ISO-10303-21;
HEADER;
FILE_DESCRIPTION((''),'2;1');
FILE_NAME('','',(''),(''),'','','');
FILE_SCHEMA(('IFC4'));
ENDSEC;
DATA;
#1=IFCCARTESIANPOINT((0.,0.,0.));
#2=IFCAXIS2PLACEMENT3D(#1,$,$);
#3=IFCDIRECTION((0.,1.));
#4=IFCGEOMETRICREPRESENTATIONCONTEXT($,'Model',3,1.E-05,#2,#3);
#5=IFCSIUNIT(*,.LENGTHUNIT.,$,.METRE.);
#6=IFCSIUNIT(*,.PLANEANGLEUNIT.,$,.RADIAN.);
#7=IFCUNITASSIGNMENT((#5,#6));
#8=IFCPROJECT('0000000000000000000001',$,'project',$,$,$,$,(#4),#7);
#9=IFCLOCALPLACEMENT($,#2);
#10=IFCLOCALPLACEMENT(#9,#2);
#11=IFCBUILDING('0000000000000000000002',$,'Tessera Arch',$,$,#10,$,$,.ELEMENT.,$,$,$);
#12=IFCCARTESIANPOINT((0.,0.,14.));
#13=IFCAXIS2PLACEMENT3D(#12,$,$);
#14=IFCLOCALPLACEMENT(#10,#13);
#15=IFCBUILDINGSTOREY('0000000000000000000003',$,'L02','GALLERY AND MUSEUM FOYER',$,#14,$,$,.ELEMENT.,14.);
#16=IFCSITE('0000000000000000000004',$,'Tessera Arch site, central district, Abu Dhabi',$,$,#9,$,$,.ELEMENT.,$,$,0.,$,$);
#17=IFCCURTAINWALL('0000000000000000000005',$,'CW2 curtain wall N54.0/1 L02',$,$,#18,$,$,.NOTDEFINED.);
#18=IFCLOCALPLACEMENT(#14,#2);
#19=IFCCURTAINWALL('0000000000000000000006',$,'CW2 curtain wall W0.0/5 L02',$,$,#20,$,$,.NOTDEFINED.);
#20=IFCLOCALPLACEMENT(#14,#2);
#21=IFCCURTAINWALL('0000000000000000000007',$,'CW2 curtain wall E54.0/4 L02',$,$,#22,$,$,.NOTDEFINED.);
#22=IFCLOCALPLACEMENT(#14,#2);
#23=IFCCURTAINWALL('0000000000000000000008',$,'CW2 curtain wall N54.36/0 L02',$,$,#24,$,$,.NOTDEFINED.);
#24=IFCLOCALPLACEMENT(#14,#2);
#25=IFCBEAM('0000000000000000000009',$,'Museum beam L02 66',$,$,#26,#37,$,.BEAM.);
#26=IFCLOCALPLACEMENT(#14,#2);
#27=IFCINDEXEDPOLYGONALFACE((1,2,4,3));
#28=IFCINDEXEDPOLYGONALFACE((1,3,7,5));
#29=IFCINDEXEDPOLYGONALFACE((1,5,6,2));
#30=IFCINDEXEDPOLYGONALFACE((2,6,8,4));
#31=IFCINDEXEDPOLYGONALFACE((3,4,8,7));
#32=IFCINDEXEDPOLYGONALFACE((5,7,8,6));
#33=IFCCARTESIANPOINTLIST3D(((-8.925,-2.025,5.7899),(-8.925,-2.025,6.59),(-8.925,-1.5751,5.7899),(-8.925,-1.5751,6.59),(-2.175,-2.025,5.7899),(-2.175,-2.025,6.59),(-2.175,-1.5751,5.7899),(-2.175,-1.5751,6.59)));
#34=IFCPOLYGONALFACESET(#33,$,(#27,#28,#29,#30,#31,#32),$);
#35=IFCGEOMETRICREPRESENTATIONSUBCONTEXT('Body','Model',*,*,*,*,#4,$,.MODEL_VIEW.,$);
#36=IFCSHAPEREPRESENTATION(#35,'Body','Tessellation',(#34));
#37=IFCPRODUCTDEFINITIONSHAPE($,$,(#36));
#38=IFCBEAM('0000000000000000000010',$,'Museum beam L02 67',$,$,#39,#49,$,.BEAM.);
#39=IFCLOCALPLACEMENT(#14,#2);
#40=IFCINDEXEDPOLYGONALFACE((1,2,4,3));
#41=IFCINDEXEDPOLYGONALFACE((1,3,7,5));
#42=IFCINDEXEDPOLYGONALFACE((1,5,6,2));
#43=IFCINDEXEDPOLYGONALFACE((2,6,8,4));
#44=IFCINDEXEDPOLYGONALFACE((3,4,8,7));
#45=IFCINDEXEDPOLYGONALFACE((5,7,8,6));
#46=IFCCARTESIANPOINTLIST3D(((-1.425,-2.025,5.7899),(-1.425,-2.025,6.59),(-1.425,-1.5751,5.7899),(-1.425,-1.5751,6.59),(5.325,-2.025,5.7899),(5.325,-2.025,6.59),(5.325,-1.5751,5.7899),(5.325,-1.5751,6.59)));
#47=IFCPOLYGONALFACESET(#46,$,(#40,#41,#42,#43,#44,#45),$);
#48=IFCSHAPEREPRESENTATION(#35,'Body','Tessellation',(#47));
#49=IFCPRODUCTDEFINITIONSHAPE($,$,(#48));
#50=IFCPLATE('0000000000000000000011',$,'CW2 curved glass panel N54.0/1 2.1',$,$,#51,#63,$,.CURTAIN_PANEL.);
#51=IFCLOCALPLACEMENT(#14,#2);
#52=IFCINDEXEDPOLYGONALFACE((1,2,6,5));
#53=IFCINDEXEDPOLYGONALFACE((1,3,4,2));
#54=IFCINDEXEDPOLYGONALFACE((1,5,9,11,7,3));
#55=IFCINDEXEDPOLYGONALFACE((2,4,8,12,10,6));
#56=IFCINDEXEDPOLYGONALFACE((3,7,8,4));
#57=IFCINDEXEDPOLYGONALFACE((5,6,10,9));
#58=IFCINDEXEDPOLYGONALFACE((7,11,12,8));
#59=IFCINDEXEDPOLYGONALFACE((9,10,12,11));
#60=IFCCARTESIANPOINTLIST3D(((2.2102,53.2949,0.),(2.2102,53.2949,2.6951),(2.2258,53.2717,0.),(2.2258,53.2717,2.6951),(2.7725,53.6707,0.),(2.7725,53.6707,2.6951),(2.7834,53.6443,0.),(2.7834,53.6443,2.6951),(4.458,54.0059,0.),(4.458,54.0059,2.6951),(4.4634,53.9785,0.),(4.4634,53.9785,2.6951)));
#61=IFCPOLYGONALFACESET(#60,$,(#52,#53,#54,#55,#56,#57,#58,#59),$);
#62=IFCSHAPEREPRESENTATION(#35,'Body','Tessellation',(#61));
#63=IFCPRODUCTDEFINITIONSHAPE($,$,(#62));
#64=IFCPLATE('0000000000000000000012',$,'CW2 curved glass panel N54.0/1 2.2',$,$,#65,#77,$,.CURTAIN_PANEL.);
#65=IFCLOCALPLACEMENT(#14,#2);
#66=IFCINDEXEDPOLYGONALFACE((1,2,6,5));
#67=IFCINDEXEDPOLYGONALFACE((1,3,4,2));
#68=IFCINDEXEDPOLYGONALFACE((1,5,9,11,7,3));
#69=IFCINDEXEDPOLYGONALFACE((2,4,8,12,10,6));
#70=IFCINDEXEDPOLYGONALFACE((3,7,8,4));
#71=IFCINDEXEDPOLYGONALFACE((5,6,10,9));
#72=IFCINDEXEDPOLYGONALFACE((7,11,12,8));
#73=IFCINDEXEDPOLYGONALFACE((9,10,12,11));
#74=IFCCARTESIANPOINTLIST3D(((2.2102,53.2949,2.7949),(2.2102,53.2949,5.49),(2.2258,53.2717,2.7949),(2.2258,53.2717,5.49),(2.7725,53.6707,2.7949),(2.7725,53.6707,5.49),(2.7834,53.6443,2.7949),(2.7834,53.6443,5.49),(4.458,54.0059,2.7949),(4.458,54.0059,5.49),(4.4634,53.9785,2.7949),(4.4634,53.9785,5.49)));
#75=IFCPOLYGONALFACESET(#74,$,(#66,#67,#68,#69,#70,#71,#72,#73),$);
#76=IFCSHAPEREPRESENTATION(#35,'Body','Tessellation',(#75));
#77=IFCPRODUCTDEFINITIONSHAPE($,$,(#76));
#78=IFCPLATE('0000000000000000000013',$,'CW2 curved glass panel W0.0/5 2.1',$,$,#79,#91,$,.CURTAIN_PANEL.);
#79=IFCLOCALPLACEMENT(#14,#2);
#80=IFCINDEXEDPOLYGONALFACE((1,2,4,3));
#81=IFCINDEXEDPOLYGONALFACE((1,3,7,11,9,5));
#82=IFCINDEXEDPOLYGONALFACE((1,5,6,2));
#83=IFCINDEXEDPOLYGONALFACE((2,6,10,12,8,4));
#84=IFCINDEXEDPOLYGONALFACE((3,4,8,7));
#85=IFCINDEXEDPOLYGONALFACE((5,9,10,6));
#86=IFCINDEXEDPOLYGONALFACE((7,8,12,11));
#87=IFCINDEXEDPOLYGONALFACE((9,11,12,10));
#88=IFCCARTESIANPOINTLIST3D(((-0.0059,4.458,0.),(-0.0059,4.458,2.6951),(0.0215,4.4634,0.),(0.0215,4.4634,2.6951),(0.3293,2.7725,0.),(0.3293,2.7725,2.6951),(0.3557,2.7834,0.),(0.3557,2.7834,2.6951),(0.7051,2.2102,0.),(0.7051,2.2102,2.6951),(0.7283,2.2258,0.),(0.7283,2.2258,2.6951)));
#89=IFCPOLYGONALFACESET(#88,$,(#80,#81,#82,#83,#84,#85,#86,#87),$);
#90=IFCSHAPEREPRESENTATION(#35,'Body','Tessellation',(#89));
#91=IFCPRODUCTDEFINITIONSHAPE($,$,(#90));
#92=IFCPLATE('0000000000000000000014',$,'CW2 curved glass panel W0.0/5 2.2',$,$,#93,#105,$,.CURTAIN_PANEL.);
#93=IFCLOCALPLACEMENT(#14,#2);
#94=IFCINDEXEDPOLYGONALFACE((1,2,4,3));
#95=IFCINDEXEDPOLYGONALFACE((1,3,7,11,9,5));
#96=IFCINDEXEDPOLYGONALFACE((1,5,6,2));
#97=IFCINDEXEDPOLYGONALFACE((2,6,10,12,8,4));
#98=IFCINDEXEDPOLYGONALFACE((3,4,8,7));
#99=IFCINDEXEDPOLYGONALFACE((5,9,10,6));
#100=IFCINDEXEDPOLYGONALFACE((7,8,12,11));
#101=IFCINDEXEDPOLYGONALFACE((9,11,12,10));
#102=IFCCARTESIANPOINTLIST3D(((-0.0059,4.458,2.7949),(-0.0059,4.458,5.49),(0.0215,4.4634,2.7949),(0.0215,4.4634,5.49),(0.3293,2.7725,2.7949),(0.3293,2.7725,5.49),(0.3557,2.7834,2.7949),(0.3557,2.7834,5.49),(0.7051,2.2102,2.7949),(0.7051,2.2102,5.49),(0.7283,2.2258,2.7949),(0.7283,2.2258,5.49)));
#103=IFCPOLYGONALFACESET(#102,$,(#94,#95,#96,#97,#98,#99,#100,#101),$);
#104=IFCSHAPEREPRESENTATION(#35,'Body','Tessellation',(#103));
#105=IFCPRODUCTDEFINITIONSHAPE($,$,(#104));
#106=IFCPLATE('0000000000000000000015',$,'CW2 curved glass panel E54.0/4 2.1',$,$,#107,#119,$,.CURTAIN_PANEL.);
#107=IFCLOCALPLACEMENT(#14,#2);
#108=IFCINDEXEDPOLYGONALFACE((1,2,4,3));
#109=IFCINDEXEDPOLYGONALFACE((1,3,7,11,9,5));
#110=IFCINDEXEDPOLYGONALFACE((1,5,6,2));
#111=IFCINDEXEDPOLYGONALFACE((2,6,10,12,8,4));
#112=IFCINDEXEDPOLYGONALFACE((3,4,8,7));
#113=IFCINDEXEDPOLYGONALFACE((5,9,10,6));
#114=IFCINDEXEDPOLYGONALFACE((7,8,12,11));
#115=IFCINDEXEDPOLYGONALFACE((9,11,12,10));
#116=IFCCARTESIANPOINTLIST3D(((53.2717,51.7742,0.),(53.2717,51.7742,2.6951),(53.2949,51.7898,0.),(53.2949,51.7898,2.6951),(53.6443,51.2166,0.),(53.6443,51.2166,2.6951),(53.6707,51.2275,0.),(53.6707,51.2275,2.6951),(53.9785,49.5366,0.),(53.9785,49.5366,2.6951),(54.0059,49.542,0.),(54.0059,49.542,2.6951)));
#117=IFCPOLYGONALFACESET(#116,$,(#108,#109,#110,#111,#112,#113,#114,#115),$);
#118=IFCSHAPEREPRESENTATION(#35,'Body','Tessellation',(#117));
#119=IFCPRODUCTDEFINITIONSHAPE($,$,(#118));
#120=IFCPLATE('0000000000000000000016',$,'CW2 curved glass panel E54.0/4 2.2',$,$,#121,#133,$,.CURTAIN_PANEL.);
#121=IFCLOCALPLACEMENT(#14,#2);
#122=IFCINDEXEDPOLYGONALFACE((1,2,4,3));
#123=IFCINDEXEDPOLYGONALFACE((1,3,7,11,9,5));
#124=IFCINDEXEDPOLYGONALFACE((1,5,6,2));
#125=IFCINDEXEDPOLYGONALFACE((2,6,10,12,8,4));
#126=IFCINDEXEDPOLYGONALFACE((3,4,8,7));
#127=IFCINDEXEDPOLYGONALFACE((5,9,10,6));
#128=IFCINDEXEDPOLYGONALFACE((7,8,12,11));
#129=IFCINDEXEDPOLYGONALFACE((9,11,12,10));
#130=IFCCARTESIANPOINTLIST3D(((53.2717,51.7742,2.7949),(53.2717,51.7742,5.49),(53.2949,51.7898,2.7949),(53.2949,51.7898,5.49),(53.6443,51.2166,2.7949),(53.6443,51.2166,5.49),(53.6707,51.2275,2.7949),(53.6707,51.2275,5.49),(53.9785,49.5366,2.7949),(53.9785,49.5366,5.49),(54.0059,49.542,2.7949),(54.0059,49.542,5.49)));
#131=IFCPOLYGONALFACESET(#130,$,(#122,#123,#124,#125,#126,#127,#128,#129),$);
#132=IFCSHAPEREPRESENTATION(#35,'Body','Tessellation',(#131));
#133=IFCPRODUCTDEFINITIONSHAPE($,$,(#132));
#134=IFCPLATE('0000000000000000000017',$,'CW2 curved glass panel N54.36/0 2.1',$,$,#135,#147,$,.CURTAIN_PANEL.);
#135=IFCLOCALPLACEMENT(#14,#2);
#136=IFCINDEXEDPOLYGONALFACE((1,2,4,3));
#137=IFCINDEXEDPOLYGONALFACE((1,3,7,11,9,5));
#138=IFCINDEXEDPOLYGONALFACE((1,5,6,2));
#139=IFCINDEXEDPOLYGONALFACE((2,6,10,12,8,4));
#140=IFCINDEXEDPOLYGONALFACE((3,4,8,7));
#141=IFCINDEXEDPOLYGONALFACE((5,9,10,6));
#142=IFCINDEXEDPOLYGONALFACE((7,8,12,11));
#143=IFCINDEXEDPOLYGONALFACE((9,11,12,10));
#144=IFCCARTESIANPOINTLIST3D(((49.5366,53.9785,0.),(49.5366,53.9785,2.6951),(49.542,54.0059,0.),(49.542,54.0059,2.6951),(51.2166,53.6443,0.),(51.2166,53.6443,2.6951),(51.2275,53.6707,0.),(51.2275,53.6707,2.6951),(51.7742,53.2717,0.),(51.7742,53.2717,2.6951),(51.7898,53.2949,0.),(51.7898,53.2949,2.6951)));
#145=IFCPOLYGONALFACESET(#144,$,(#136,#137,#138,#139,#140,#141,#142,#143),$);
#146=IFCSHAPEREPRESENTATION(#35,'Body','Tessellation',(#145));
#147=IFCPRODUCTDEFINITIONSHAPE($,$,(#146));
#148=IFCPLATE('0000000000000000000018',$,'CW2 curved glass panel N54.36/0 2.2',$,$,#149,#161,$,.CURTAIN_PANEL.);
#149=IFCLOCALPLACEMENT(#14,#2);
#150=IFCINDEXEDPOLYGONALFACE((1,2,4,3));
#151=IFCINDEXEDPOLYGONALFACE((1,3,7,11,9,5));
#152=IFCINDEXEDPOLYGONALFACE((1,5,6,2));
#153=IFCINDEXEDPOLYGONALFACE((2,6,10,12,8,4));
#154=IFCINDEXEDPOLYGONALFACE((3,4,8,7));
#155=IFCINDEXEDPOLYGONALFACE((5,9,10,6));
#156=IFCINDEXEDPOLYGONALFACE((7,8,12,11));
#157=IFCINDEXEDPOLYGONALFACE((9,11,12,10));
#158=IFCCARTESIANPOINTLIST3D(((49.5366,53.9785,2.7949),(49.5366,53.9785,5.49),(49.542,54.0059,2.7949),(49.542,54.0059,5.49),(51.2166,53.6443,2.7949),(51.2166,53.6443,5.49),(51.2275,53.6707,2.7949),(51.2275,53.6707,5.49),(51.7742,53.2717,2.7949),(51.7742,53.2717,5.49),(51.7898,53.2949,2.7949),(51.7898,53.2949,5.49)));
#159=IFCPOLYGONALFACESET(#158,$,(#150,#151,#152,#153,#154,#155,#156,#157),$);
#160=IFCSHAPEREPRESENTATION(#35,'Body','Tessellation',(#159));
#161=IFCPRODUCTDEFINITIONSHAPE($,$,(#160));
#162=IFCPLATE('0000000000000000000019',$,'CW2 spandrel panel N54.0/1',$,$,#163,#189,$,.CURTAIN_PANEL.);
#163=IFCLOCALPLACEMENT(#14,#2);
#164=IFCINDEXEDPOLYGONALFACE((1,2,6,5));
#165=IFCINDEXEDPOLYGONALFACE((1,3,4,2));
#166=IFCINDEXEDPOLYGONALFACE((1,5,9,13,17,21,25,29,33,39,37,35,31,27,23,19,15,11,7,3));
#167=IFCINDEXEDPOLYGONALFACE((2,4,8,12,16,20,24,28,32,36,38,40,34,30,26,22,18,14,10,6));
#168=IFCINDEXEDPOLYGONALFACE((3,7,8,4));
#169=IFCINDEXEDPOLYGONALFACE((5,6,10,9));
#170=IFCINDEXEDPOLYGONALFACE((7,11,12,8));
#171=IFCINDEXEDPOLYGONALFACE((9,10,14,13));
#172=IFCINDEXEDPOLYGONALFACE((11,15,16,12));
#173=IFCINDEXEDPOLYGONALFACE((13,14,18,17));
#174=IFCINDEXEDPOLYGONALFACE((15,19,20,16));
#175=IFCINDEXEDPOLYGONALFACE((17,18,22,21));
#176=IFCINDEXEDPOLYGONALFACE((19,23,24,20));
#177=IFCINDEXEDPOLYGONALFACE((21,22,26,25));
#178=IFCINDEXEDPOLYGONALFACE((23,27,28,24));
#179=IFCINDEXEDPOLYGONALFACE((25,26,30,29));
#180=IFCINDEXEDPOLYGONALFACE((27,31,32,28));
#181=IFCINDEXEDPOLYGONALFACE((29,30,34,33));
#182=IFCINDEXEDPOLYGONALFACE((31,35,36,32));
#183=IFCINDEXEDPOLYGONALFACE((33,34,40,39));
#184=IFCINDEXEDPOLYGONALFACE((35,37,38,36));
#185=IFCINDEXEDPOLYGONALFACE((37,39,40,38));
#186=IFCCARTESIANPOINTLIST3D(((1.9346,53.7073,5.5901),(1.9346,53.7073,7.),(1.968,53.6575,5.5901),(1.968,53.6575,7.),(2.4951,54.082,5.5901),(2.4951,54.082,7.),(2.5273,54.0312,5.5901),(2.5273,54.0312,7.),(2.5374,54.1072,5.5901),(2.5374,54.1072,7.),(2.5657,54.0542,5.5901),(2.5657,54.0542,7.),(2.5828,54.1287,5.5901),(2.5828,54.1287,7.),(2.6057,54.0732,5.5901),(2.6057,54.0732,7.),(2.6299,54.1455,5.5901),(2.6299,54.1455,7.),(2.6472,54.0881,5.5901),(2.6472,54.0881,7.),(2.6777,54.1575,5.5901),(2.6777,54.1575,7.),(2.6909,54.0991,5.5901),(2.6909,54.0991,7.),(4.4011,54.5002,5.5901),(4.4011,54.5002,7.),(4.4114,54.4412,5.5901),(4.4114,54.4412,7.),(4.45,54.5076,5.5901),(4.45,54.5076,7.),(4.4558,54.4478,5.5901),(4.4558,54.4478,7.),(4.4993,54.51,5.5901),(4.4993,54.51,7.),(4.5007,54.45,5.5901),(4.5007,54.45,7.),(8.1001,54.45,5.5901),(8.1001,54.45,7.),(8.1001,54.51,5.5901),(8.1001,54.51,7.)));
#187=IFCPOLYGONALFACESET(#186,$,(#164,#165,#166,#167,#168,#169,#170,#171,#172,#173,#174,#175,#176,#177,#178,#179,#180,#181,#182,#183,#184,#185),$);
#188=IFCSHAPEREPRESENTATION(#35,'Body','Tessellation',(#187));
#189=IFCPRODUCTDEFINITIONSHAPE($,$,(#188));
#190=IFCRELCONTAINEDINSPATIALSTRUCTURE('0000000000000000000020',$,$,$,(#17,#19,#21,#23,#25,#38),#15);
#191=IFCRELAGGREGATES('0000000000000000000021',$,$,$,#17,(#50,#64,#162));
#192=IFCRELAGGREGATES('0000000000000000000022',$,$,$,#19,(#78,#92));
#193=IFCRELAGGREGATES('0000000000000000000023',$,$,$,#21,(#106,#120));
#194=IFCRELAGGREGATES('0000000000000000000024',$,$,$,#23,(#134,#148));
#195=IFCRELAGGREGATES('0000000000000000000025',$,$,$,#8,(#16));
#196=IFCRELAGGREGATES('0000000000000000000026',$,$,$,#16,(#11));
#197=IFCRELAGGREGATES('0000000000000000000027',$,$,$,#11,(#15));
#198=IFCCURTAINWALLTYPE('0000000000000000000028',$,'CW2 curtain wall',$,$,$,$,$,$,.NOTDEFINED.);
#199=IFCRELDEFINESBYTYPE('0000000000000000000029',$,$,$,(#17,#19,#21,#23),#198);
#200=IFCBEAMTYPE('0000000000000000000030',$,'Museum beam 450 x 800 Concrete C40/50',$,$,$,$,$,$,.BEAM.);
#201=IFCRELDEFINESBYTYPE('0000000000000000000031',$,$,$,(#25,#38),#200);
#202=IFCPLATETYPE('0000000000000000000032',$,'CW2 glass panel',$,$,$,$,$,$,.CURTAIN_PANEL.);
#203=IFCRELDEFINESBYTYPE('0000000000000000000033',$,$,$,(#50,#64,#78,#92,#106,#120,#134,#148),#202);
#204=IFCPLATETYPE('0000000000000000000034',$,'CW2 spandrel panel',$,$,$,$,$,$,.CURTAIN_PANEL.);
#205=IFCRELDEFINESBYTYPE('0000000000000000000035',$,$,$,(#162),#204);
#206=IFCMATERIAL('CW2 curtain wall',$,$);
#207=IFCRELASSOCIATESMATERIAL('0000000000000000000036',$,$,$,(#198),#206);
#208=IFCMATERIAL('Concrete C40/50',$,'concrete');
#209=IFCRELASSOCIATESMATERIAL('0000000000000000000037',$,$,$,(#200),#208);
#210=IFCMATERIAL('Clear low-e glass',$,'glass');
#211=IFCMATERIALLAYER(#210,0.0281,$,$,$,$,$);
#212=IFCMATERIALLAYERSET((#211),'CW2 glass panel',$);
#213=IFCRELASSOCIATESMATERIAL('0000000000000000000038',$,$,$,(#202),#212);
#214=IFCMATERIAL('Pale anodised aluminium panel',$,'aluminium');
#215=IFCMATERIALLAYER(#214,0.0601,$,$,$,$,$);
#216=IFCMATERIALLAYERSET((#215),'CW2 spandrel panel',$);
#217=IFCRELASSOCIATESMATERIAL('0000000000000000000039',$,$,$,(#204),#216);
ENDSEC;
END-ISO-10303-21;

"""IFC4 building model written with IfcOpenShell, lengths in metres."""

from ifc_helpers import new_model, si_unit, direction, frame, origin, origin_2d, place, context, subcontext, project, spatial, polyline, rectangle, outline, extrude, material, layer, layer_set, material_profile, profile_set, type_object, element, aggregate, save


model = new_model("IFC4")

# Units and contexts
model_context = context("Model", 3, precision=1e-05, world=origin(), true_north=direction((0.0, 1.0)))
body_context = subcontext(model_context, "Body", "Model", "MODEL_VIEW")
ifc_project = project(units=[si_unit("LENGTHUNIT", "METRE"), si_unit("PLANEANGLEUNIT", "RADIAN")], contexts=[model_context])

# Site, building, storey
site_placement = place(None, origin())
site = spatial("IfcSite", under=ifc_project, at=site_placement, Name="Tessera Arch site, central district, Abu Dhabi", CompositionType="ELEMENT", RefElevation=0.0)
building_placement = place(site_placement, origin())
building = spatial("IfcBuilding", under=site, at=building_placement, Name="Tessera Arch", CompositionType="ELEMENT")
storey_placement = place(building_placement, frame((0.0, 0.0, 14.0)))
storey = spatial("IfcBuildingStorey", under=building, at=storey_placement, Name="L02", Description="GALLERY AND MUSEUM FOYER", CompositionType="ELEMENT", Elevation=14.0)

# Curtain walls
ifc_material_1 = material(Name="CW2 curtain wall")
curtain_wall_type = type_object("IfcCurtainWallType", Name="CW2 curtain wall", PredefinedType="NOTDEFINED", material=ifc_material_1)
curtain_wall_1_placement = place(storey_placement, origin())
curtain_wall_1 = element("IfcCurtainWall", 1, at=curtain_wall_1_placement, inside=storey, type_object=curtain_wall_type, Name="CW2 curtain wall N54.0/1 L02", PredefinedType="NOTDEFINED")
curtain_wall_2_placement = place(storey_placement, origin())
curtain_wall_2 = element("IfcCurtainWall", 2, at=curtain_wall_2_placement, inside=storey, type_object=curtain_wall_type, Name="CW2 curtain wall W0.0/5 L02", PredefinedType="NOTDEFINED")
curtain_wall_3_placement = place(storey_placement, origin())
curtain_wall_3 = element("IfcCurtainWall", 3, at=curtain_wall_3_placement, inside=storey, type_object=curtain_wall_type, Name="CW2 curtain wall E54.0/4 L02", PredefinedType="NOTDEFINED")
curtain_wall_4_placement = place(storey_placement, origin())
curtain_wall_4 = element("IfcCurtainWall", 4, at=curtain_wall_4_placement, inside=storey, type_object=curtain_wall_type, Name="CW2 curtain wall N54.36/0 L02", PredefinedType="NOTDEFINED")

# Beams
ifc_material_2 = material(Name="Concrete C40/50", Category="concrete")
ifc_material_profile_1 = material_profile(ifc_material_2, rectangle(XDim=0.45, YDim=0.8, at=origin_2d()), Name="Museum beam 450 x 800 Concrete C40/50")
ifc_profile_set_1 = profile_set([ifc_material_profile_1], Name="Concrete C40/50")
beam_type = type_object("IfcBeamType", Name="Museum beam 450 x 800 Concrete C40/50", PredefinedType="BEAM", material=ifc_profile_set_1)
for number, where, z_axis, x_axis, name in (
    (5, (-8.925, -1.8, 6.1899), (1.0, 0.0, 0.0), (0.0, 1.0, 0.0), "Museum beam L02 66"),
    (6, (-1.425, -1.8, 6.1899), (1.0, 0.0, 0.0), (0.0, 1.0, 0.0), "Museum beam L02 67"),
):
    element("IfcBeam", number, at=place(storey_placement, frame(where, z_axis=z_axis, x_axis=x_axis)), inside=storey, type_object=beam_type, Name=name, PredefinedType="BEAM", context=body_context, shape_type="SweptSolid", body=[
        extrude(rectangle(XDim=0.45, YDim=0.8, at=origin_2d()), origin(), (0.0, 0.0, 1.0), 6.75),
    ])

# Plates
ifc_material_3 = material(Name="Clear low-e glass", Category="glass")
ifc_layer_1 = layer(ifc_material_3, 0.0281)
ifc_layer_set_1 = layer_set([ifc_layer_1], Name="CW2 glass panel")
plate_type_1 = type_object("IfcPlateType", Name="CW2 glass panel", PredefinedType="CURTAIN_PANEL", material=ifc_layer_set_1)
plate_1_placement = place(storey_placement, origin())
plate_1 = element("IfcPlate", 7, at=plate_1_placement, type_object=plate_type_1, Name="CW2 curved glass panel N54.0/1 2.1", PredefinedType="CURTAIN_PANEL", context=body_context, shape_type="SweptSolid", body=[
    extrude(outline(polyline([(2.7834, 53.6443), (4.4634, 53.9785), (4.458, 54.0059), (2.7725, 53.6707), (2.2102, 53.2949), (2.2258, 53.2717), (2.7834, 53.6443)])), origin(), (0.0, 0.0, 1.0), 2.6951),
])
plate_2_placement = place(storey_placement, frame((0.0, 0.0, 2.7949)))
plate_2 = element("IfcPlate", 8, at=plate_2_placement, type_object=plate_type_1, Name="CW2 curved glass panel N54.0/1 2.2", PredefinedType="CURTAIN_PANEL", context=body_context, shape_type="SweptSolid", body=[
    extrude(outline(polyline([(2.7834, 53.6443), (4.4634, 53.9785), (4.458, 54.0059), (2.7725, 53.6707), (2.2102, 53.2949), (2.2258, 53.2717), (2.7834, 53.6443)])), origin(), (0.0, 0.0, 1.0), 2.6951),
])
plate_3_placement = place(storey_placement, origin())
plate_3 = element("IfcPlate", 9, at=plate_3_placement, type_object=plate_type_1, Name="CW2 curved glass panel W0.0/5 2.1", PredefinedType="CURTAIN_PANEL", context=body_context, shape_type="SweptSolid", body=[
    extrude(outline(polyline([(0.3557, 2.7834), (0.0215, 4.4634), (-0.0059, 4.458), (0.3293, 2.7725), (0.7051, 2.2102), (0.7283, 2.2258), (0.3557, 2.7834)])), origin(), (0.0, 0.0, 1.0), 2.6951),
])
plate_4_placement = place(storey_placement, frame((0.0, 0.0, 2.7949)))
plate_4 = element("IfcPlate", 10, at=plate_4_placement, type_object=plate_type_1, Name="CW2 curved glass panel W0.0/5 2.2", PredefinedType="CURTAIN_PANEL", context=body_context, shape_type="SweptSolid", body=[
    extrude(outline(polyline([(0.3557, 2.7834), (0.0215, 4.4634), (-0.0059, 4.458), (0.3293, 2.7725), (0.7051, 2.2102), (0.7283, 2.2258), (0.3557, 2.7834)])), origin(), (0.0, 0.0, 1.0), 2.6951),
])
plate_5_placement = place(storey_placement, origin())
plate_5 = element("IfcPlate", 11, at=plate_5_placement, type_object=plate_type_1, Name="CW2 curved glass panel E54.0/4 2.1", PredefinedType="CURTAIN_PANEL", context=body_context, shape_type="SweptSolid", body=[
    extrude(outline(polyline([(53.6443, 51.2166), (53.9785, 49.5366), (54.0059, 49.542), (53.6707, 51.2275), (53.2949, 51.7898), (53.2717, 51.7742), (53.6443, 51.2166)])), origin(), (0.0, 0.0, 1.0), 2.6951),
])
plate_6_placement = place(storey_placement, frame((0.0, 0.0, 2.7949)))
plate_6 = element("IfcPlate", 12, at=plate_6_placement, type_object=plate_type_1, Name="CW2 curved glass panel E54.0/4 2.2", PredefinedType="CURTAIN_PANEL", context=body_context, shape_type="SweptSolid", body=[
    extrude(outline(polyline([(53.6443, 51.2166), (53.9785, 49.5366), (54.0059, 49.542), (53.6707, 51.2275), (53.2949, 51.7898), (53.2717, 51.7742), (53.6443, 51.2166)])), origin(), (0.0, 0.0, 1.0), 2.6951),
])
plate_7_placement = place(storey_placement, origin())
plate_7 = element("IfcPlate", 13, at=plate_7_placement, type_object=plate_type_1, Name="CW2 curved glass panel N54.36/0 2.1", PredefinedType="CURTAIN_PANEL", context=body_context, shape_type="SweptSolid", body=[
    extrude(outline(polyline([(51.2166, 53.6443), (51.7742, 53.2717), (51.7898, 53.2949), (51.2275, 53.6707), (49.542, 54.0059), (49.5366, 53.9785), (51.2166, 53.6443)])), origin(), (0.0, 0.0, 1.0), 2.6951),
])
plate_8_placement = place(storey_placement, frame((0.0, 0.0, 2.7949)))
plate_8 = element("IfcPlate", 14, at=plate_8_placement, type_object=plate_type_1, Name="CW2 curved glass panel N54.36/0 2.2", PredefinedType="CURTAIN_PANEL", context=body_context, shape_type="SweptSolid", body=[
    extrude(outline(polyline([(51.2166, 53.6443), (51.7742, 53.2717), (51.7898, 53.2949), (51.2275, 53.6707), (49.542, 54.0059), (49.5366, 53.9785), (51.2166, 53.6443)])), origin(), (0.0, 0.0, 1.0), 2.6951),
])
ifc_material_4 = material(Name="Pale anodised aluminium panel", Category="aluminium")
ifc_layer_2 = layer(ifc_material_4, 0.0601)
ifc_layer_set_2 = layer_set([ifc_layer_2], Name="CW2 spandrel panel")
plate_type_2 = type_object("IfcPlateType", Name="CW2 spandrel panel", PredefinedType="CURTAIN_PANEL", material=ifc_layer_set_2)
plate_9_placement = place(storey_placement, frame((0.0, 0.0, 5.5901)))
plate_9 = element("IfcPlate", 15, at=plate_9_placement, type_object=plate_type_2, Name="CW2 spandrel panel N54.0/1", PredefinedType="CURTAIN_PANEL", context=body_context, shape_type="SweptSolid", body=[
    extrude(outline(polyline([(4.5007, 54.45), (8.1001, 54.45), (8.1001, 54.51), (4.4993, 54.51), (4.45, 54.5076), (4.4011, 54.5002), (2.6777, 54.1575), (2.6299, 54.1455), (2.5828, 54.1287), (2.5374, 54.1072), (2.4951, 54.082), (1.9346, 53.7073), (1.968, 53.6575), (2.5273, 54.0312), (2.5657, 54.0542), (2.6057, 54.0732), (2.6472, 54.0881), (2.6909, 54.0991), (4.4114, 54.4412), (4.4558, 54.4478), (4.5007, 54.45)])), origin(), (0.0, 0.0, 1.0), 1.4099),
])
aggregate(curtain_wall_1, [plate_1, plate_2, plate_9])
aggregate(curtain_wall_2, [plate_3, plate_4])
aggregate(curtain_wall_3, [plate_5, plate_6])
aggregate(curtain_wall_4, [plate_7, plate_8])

save(model, "model.ifc")
